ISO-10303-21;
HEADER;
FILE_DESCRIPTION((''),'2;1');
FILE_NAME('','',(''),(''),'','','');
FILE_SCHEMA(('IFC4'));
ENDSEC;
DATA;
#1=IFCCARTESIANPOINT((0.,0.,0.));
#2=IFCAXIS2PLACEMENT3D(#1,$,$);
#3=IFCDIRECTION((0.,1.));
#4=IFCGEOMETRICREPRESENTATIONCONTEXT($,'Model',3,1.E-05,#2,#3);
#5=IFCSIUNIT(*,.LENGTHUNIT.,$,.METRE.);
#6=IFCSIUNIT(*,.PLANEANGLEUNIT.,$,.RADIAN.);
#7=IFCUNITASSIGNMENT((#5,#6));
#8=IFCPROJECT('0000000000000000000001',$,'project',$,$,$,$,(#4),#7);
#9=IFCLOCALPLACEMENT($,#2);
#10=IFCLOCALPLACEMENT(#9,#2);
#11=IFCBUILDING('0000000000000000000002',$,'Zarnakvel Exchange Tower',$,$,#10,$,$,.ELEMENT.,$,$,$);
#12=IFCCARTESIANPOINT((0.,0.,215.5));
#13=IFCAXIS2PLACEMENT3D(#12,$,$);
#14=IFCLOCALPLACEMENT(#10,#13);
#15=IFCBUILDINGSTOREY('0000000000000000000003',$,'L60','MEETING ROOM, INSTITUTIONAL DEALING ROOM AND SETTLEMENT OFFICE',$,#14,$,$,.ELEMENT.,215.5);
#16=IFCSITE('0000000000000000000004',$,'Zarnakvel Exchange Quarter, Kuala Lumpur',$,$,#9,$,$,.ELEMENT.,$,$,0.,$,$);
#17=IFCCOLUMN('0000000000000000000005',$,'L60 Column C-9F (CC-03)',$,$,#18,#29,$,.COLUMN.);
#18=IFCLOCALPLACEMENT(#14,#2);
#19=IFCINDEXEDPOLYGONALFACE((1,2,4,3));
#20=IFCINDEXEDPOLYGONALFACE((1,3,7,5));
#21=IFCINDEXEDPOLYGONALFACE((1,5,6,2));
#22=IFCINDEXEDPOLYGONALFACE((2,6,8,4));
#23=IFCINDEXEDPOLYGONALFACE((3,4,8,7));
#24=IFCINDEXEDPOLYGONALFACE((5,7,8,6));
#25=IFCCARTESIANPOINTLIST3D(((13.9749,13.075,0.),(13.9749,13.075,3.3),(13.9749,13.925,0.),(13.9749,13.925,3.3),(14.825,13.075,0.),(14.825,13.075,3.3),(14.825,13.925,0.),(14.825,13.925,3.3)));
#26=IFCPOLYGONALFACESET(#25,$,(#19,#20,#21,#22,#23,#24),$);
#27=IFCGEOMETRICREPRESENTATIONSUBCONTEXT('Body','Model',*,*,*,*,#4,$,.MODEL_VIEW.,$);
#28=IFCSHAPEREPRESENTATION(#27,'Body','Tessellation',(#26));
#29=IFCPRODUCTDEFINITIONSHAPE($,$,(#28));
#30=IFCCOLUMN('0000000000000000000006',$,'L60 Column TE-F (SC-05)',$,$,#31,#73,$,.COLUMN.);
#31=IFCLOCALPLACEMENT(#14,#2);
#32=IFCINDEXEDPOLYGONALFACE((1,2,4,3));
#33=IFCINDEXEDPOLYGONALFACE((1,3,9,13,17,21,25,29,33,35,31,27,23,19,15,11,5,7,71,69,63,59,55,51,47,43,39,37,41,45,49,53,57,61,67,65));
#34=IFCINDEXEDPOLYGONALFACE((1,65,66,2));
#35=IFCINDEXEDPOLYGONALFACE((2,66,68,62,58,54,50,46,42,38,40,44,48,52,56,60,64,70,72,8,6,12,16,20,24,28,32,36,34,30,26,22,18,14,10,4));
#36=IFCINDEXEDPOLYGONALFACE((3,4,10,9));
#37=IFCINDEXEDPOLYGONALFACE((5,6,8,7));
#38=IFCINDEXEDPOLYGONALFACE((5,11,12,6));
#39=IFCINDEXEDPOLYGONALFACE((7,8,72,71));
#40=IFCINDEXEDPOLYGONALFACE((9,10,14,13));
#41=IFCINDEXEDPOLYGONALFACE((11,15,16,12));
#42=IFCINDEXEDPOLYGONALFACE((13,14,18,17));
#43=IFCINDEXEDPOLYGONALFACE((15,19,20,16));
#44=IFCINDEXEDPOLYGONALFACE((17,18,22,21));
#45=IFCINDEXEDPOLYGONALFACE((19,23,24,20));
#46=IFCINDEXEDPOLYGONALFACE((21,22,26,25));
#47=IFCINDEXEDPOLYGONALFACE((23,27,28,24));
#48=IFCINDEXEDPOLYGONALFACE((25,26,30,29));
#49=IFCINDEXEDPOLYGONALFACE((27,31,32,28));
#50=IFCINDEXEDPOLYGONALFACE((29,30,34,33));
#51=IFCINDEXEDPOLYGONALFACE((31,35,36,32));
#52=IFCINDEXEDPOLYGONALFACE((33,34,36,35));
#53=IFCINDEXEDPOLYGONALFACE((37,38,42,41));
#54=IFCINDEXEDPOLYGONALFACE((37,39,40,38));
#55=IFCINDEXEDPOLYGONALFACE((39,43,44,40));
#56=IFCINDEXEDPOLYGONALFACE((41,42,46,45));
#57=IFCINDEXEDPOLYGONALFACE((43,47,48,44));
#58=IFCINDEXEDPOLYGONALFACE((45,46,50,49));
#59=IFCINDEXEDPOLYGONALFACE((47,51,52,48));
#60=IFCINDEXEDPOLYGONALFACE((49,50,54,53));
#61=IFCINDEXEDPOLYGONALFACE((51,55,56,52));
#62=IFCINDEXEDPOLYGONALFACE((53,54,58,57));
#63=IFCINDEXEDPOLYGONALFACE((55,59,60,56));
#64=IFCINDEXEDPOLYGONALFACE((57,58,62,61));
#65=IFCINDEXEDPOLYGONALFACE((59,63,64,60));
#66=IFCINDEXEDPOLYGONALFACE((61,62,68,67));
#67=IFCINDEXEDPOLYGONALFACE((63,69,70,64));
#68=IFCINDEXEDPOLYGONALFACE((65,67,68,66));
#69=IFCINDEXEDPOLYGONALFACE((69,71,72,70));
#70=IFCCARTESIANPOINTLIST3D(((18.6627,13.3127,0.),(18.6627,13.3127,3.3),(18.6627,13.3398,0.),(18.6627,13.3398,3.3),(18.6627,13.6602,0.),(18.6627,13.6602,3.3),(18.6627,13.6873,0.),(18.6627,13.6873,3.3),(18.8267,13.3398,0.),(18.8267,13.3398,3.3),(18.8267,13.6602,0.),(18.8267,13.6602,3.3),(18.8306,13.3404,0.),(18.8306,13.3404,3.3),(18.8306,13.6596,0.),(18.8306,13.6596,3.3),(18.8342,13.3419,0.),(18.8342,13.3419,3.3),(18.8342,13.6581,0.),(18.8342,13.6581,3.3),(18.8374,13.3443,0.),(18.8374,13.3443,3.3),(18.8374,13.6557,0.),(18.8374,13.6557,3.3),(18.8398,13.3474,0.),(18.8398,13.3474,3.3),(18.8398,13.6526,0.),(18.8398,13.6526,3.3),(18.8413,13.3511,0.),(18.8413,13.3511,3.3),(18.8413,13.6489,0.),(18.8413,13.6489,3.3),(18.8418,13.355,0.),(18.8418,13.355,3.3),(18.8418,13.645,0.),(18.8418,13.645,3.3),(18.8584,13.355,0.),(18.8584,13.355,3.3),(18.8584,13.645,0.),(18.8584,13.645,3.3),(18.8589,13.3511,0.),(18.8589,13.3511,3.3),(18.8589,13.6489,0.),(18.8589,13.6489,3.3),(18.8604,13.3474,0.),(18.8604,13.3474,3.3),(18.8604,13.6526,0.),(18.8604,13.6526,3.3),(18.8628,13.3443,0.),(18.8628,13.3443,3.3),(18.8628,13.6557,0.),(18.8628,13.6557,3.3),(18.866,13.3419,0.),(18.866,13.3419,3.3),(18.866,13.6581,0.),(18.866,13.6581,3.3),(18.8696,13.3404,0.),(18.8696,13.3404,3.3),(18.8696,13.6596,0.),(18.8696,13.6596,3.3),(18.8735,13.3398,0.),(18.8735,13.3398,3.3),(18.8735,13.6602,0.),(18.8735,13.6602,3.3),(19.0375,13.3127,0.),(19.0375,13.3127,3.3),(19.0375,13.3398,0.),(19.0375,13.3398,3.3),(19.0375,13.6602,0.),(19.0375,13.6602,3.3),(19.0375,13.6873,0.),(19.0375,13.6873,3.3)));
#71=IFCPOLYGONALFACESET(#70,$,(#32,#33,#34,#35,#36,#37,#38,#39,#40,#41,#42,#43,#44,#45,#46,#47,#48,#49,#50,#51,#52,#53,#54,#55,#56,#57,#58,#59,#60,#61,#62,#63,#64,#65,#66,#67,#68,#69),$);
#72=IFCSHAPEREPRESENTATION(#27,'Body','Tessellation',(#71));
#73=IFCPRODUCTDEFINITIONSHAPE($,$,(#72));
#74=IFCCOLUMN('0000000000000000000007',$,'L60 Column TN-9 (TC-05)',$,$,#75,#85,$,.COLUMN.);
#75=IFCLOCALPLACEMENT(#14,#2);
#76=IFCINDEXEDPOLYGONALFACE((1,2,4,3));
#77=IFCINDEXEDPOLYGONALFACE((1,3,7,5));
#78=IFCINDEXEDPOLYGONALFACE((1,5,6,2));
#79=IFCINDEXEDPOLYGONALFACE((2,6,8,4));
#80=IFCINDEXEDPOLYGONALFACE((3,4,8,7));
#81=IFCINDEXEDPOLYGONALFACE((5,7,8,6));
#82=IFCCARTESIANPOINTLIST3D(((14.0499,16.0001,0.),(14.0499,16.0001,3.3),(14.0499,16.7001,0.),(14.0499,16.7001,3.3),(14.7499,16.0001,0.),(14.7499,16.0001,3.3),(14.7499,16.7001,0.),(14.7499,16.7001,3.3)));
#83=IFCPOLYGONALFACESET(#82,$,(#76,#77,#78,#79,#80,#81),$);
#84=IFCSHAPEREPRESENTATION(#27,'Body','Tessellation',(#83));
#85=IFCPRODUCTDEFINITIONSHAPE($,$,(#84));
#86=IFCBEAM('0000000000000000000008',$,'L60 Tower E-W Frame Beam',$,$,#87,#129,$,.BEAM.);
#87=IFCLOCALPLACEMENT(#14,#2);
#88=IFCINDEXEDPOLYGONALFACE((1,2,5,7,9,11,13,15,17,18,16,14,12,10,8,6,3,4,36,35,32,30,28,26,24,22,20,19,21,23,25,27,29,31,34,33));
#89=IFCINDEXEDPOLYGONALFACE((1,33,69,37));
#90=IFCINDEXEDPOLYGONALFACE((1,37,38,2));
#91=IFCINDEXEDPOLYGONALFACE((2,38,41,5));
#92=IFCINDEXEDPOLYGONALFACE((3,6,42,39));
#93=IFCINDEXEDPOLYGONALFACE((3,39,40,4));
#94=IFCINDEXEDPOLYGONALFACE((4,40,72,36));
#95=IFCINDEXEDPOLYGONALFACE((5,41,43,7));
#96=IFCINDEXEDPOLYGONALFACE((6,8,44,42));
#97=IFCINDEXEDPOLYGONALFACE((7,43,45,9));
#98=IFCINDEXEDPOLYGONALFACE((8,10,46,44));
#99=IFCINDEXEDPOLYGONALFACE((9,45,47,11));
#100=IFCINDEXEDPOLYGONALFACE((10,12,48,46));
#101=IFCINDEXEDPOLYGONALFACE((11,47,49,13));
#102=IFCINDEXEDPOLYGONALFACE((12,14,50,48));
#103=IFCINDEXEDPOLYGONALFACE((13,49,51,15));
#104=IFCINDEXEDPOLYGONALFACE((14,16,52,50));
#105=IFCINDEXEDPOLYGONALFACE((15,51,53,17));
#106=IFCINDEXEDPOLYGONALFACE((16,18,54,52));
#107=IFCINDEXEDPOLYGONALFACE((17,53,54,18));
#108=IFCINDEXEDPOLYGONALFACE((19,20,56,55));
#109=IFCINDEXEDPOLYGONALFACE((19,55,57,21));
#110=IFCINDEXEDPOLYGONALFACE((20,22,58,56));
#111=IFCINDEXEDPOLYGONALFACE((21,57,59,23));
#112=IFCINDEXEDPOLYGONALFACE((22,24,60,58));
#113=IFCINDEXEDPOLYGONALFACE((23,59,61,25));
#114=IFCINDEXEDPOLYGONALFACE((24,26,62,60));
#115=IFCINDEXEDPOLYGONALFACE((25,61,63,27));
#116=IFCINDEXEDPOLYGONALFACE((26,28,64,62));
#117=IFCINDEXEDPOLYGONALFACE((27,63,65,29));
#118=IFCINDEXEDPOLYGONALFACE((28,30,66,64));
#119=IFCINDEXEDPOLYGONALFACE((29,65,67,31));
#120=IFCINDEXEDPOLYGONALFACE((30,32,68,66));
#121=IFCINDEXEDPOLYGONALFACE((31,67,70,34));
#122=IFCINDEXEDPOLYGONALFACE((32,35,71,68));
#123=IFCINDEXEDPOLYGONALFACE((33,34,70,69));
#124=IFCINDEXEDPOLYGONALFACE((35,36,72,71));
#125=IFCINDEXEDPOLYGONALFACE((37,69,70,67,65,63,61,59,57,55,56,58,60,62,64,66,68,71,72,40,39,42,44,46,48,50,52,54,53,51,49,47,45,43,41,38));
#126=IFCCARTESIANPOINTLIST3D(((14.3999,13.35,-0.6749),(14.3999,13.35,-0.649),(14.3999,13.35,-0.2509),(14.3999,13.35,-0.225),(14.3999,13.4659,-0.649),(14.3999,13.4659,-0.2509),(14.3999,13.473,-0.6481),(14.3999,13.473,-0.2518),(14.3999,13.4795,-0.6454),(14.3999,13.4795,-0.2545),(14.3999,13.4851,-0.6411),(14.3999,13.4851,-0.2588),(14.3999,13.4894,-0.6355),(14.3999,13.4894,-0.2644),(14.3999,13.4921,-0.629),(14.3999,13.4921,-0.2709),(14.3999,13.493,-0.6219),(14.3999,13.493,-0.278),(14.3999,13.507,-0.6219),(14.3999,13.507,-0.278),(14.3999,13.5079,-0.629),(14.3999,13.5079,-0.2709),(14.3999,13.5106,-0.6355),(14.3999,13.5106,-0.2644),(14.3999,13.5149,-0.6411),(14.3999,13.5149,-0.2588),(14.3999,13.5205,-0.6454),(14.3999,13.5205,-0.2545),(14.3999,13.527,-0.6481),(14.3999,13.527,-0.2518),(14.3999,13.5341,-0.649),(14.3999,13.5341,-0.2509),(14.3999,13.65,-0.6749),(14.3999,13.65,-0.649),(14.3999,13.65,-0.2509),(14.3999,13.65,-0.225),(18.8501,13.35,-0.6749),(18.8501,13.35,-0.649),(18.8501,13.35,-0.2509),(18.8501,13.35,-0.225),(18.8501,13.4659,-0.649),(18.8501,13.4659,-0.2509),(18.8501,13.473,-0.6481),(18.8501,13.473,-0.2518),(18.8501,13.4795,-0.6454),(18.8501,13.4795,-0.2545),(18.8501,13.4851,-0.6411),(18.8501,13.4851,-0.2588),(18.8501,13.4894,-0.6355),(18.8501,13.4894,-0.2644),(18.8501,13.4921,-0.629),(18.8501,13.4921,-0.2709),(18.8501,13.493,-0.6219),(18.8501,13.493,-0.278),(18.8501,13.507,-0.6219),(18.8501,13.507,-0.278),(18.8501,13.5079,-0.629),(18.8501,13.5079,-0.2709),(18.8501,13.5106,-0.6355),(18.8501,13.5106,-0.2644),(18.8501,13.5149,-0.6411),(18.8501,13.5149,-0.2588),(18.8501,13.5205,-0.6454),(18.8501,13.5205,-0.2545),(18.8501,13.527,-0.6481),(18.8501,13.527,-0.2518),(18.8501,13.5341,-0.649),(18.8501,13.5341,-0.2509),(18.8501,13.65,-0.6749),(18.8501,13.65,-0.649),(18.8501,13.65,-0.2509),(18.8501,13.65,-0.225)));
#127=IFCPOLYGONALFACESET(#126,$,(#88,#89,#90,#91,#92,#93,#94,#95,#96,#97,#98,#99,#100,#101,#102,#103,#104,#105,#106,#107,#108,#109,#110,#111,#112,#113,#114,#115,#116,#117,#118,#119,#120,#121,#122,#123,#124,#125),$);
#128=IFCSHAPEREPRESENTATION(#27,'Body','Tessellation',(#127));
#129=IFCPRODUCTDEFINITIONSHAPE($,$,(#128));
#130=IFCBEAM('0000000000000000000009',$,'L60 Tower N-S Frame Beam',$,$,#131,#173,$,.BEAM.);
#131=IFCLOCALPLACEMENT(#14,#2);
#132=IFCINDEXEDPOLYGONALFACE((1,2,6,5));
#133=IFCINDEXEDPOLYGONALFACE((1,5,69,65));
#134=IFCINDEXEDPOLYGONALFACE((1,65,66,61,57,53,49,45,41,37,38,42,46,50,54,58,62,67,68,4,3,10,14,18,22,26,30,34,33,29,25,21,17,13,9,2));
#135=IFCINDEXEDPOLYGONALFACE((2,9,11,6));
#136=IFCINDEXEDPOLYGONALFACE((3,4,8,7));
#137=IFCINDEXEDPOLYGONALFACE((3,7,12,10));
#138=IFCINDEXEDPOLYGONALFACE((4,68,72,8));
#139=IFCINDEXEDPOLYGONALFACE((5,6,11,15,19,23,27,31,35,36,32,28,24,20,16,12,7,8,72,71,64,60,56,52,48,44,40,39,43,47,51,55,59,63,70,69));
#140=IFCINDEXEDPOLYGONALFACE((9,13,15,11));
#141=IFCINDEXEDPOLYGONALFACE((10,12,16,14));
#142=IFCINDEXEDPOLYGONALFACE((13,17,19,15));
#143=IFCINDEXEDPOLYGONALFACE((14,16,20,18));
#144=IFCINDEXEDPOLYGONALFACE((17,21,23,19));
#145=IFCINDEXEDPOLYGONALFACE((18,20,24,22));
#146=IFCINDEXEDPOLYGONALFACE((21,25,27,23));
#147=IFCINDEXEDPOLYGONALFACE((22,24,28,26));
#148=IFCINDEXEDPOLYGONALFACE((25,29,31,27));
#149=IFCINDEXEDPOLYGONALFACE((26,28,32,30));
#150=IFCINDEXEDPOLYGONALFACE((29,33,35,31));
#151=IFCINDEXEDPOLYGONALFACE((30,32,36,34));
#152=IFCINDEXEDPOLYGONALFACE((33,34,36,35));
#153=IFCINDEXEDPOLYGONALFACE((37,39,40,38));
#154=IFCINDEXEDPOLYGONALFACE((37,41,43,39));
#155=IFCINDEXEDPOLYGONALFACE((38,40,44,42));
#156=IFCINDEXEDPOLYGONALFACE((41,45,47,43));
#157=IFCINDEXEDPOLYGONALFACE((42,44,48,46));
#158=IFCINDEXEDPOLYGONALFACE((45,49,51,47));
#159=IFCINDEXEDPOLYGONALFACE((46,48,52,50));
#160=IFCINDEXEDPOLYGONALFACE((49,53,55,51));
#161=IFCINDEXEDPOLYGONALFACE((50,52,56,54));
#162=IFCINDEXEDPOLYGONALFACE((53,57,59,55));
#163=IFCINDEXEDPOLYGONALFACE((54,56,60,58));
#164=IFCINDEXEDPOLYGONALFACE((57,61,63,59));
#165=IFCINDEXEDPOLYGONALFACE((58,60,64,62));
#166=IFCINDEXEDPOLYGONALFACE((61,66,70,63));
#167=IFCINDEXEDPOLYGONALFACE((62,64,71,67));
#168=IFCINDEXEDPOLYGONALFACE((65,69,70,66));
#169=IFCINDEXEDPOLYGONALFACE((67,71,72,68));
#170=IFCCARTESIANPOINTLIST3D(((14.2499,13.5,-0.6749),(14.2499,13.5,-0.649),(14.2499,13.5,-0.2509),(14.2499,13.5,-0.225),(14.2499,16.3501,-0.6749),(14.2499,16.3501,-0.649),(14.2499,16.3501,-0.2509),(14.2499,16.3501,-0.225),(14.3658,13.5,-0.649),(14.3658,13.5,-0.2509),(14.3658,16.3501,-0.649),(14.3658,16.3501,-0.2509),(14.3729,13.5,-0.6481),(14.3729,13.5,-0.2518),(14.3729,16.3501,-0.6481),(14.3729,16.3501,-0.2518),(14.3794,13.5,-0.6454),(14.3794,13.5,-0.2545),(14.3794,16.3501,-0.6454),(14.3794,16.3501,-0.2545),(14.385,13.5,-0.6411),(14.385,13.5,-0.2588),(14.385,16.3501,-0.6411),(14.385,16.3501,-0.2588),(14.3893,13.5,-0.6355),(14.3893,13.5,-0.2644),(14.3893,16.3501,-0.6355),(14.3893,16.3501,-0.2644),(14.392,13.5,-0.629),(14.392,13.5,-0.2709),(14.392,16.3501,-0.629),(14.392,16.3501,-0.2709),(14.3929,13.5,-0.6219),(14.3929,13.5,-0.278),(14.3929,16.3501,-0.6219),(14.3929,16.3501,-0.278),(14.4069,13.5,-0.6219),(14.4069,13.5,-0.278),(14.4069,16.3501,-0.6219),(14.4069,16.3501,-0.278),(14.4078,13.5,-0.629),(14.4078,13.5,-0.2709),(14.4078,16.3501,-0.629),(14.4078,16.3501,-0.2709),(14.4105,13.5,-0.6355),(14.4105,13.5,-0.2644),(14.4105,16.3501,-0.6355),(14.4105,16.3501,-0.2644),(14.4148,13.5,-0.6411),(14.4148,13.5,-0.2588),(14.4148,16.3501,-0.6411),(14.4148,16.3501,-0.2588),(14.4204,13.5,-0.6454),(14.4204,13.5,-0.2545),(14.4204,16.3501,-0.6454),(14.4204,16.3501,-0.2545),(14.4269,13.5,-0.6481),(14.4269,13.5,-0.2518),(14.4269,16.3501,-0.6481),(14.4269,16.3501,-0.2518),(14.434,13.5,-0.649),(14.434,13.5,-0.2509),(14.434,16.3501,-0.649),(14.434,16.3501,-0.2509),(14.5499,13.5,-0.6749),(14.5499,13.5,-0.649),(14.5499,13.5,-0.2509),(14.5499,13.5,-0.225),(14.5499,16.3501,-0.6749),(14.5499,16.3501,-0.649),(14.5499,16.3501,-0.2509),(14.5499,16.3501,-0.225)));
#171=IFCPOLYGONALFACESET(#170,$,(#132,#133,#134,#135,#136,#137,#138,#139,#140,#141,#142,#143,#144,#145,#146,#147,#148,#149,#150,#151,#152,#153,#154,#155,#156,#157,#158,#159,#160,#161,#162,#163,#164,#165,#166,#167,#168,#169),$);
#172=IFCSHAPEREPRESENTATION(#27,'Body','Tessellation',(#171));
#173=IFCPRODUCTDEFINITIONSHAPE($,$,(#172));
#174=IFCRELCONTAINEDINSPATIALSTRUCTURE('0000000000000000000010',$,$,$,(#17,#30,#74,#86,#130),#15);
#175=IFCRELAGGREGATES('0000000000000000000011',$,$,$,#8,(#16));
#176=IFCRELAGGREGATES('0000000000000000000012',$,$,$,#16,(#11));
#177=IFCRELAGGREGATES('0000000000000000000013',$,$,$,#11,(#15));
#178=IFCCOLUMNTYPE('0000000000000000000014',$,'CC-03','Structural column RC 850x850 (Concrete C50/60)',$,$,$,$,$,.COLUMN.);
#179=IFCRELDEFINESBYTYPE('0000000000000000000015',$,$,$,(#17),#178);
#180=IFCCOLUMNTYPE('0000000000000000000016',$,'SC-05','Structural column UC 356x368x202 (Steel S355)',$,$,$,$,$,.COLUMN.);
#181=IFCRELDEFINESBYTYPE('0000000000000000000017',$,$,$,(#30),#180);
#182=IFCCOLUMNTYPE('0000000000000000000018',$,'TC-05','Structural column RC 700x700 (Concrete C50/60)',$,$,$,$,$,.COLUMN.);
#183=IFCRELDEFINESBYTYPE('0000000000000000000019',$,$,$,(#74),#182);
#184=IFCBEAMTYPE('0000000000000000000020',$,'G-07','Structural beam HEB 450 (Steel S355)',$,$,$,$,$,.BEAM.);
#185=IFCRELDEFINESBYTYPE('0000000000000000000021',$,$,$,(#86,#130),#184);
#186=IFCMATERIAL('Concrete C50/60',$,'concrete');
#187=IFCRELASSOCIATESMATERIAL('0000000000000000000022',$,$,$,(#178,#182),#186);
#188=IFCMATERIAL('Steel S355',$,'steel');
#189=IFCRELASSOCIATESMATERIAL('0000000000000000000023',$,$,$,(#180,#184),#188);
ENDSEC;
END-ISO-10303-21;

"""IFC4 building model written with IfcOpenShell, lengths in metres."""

from ifc_helpers import new_model, si_unit, direction, frame, origin, origin_2d, place, context, subcontext, project, spatial, rectangle, i_section, extrude, material, material_profile, profile_set, type_object, element, save


model = new_model("IFC4")

# Units and contexts
model_context = context("Model", 3, precision=1e-05, world=origin(), true_north=direction((0.0, 1.0)))
body_context = subcontext(model_context, "Body", "Model", "MODEL_VIEW")
ifc_project = project(units=[si_unit("LENGTHUNIT", "METRE"), si_unit("PLANEANGLEUNIT", "RADIAN")], contexts=[model_context])

# Site, building, storey
site_placement = place(None, origin())
site = spatial("IfcSite", under=ifc_project, at=site_placement, Name="Zarnakvel Exchange Quarter, Kuala Lumpur", CompositionType="ELEMENT", RefElevation=0.0)
building_placement = place(site_placement, origin())
building = spatial("IfcBuilding", under=site, at=building_placement, Name="Zarnakvel Exchange Tower", CompositionType="ELEMENT")
storey_placement = place(building_placement, frame((0.0, 0.0, 215.5)))
storey = spatial("IfcBuildingStorey", under=building, at=storey_placement, Name="L60", Description="MEETING ROOM, INSTITUTIONAL DEALING ROOM AND SETTLEMENT OFFICE", CompositionType="ELEMENT", Elevation=215.5)

# Columns
ifc_material_1 = material(Name="Concrete C50/60", Category="concrete")
ifc_material_profile_1 = material_profile(ifc_material_1, rectangle(XDim=0.8501, YDim=0.8501, at=origin_2d()))
ifc_profile_set_1 = profile_set([ifc_material_profile_1], Name="Concrete C50/60")
column_type_1 = type_object("IfcColumnType", Name="CC-03", Description="Structural column RC 850x850 (Concrete C50/60)", PredefinedType="COLUMN", material=ifc_profile_set_1)
column_1_placement = place(storey_placement, frame((14.3999, 13.5, 0.0), z_axis=(0.0, 0.0, 1.0), x_axis=(1.0, 0.0, 0.0)))
element("IfcColumn", 1, at=column_1_placement, inside=storey, type_object=column_type_1, Name="L60 Column C-9F (CC-03)", PredefinedType="COLUMN", context=body_context, shape_type="SweptSolid", body=[
    extrude(rectangle(XDim=0.8501, YDim=0.8501, at=origin_2d()), origin(), (0.0, 0.0, 1.0), 3.3),
])
ifc_material_2 = material(Name="Steel S355", Category="steel")
ifc_material_profile_2 = material_profile(ifc_material_2, i_section(OverallWidth=0.3748, OverallDepth=0.3745, WebThickness=0.0166, FlangeThickness=0.0271, FilletRadius=0.0151, at=origin_2d()))
ifc_profile_set_2 = profile_set([ifc_material_profile_2], Name="Steel S355")
column_type_2 = type_object("IfcColumnType", Name="SC-05", Description="Structural column UC 356x368x202 (Steel S355)", PredefinedType="COLUMN", material=ifc_profile_set_2)
column_2_placement = place(storey_placement, frame((18.8501, 13.5, 0.0), z_axis=(0.0, 0.0, 1.0), x_axis=(1.0, 0.0, 0.0)))
element("IfcColumn", 2, at=column_2_placement, inside=storey, type_object=column_type_2, Name="L60 Column TE-F (SC-05)", PredefinedType="COLUMN", context=body_context, shape_type="SweptSolid", body=[
    extrude(i_section(OverallWidth=0.3748, OverallDepth=0.3745, WebThickness=0.0166, FlangeThickness=0.0271, FilletRadius=0.0151, at=origin_2d()), origin(), (0.0, 0.0, 1.0), 3.3),
])
ifc_material_profile_3 = material_profile(ifc_material_1, rectangle(XDim=0.7, YDim=0.7, at=origin_2d()))
ifc_profile_set_3 = profile_set([ifc_material_profile_3], Name="Concrete C50/60")
column_type_3 = type_object("IfcColumnType", Name="TC-05", Description="Structural column RC 700x700 (Concrete C50/60)", PredefinedType="COLUMN", material=ifc_profile_set_3)
column_3_placement = place(storey_placement, frame((14.3999, 16.3501, 0.0), z_axis=(0.0, 0.0, 1.0), x_axis=(1.0, 0.0, 0.0)))
element("IfcColumn", 3, at=column_3_placement, inside=storey, type_object=column_type_3, Name="L60 Column TN-9 (TC-05)", PredefinedType="COLUMN", context=body_context, shape_type="SweptSolid", body=[
    extrude(rectangle(XDim=0.7, YDim=0.7, at=origin_2d()), origin(), (0.0, 0.0, 1.0), 3.3),
])

# Beams
ifc_material_profile_4 = material_profile(ifc_material_2, i_section(OverallWidth=0.3, OverallDepth=0.45, WebThickness=0.0139, FlangeThickness=0.0259, FilletRadius=0.0271, at=origin_2d()))
ifc_profile_set_4 = profile_set([ifc_material_profile_4], Name="Steel S355")
beam_type = type_object("IfcBeamType", Name="G-07", Description="Structural beam HEB 450 (Steel S355)", PredefinedType="BEAM", material=ifc_profile_set_4)
beam_1_placement = place(storey_placement, frame((14.3999, 13.5, -0.45), z_axis=(1.0, 0.0, 0.0), x_axis=(0.0, 1.0, 0.0)))
element("IfcBeam", 4, at=beam_1_placement, inside=storey, type_object=beam_type, Name="L60 Tower E-W Frame Beam", PredefinedType="BEAM", context=body_context, shape_type="SweptSolid", body=[
    extrude(i_section(OverallWidth=0.3, OverallDepth=0.45, WebThickness=0.0139, FlangeThickness=0.0259, FilletRadius=0.0271, at=origin_2d()), origin(), (0.0, 0.0, 1.0), 4.4502),
])
beam_2_placement = place(storey_placement, frame((14.3999, 13.5, -0.45), z_axis=(0.0, 1.0, 0.0), x_axis=(-1.0, 0.0, 0.0)))
element("IfcBeam", 5, at=beam_2_placement, inside=storey, type_object=beam_type, Name="L60 Tower N-S Frame Beam", PredefinedType="BEAM", context=body_context, shape_type="SweptSolid", body=[
    extrude(i_section(OverallWidth=0.3, OverallDepth=0.45, WebThickness=0.0139, FlangeThickness=0.0259, FilletRadius=0.0271, at=origin_2d()), origin(), (0.0, 0.0, 1.0), 2.8501),
])

save(model, "model.ifc")
